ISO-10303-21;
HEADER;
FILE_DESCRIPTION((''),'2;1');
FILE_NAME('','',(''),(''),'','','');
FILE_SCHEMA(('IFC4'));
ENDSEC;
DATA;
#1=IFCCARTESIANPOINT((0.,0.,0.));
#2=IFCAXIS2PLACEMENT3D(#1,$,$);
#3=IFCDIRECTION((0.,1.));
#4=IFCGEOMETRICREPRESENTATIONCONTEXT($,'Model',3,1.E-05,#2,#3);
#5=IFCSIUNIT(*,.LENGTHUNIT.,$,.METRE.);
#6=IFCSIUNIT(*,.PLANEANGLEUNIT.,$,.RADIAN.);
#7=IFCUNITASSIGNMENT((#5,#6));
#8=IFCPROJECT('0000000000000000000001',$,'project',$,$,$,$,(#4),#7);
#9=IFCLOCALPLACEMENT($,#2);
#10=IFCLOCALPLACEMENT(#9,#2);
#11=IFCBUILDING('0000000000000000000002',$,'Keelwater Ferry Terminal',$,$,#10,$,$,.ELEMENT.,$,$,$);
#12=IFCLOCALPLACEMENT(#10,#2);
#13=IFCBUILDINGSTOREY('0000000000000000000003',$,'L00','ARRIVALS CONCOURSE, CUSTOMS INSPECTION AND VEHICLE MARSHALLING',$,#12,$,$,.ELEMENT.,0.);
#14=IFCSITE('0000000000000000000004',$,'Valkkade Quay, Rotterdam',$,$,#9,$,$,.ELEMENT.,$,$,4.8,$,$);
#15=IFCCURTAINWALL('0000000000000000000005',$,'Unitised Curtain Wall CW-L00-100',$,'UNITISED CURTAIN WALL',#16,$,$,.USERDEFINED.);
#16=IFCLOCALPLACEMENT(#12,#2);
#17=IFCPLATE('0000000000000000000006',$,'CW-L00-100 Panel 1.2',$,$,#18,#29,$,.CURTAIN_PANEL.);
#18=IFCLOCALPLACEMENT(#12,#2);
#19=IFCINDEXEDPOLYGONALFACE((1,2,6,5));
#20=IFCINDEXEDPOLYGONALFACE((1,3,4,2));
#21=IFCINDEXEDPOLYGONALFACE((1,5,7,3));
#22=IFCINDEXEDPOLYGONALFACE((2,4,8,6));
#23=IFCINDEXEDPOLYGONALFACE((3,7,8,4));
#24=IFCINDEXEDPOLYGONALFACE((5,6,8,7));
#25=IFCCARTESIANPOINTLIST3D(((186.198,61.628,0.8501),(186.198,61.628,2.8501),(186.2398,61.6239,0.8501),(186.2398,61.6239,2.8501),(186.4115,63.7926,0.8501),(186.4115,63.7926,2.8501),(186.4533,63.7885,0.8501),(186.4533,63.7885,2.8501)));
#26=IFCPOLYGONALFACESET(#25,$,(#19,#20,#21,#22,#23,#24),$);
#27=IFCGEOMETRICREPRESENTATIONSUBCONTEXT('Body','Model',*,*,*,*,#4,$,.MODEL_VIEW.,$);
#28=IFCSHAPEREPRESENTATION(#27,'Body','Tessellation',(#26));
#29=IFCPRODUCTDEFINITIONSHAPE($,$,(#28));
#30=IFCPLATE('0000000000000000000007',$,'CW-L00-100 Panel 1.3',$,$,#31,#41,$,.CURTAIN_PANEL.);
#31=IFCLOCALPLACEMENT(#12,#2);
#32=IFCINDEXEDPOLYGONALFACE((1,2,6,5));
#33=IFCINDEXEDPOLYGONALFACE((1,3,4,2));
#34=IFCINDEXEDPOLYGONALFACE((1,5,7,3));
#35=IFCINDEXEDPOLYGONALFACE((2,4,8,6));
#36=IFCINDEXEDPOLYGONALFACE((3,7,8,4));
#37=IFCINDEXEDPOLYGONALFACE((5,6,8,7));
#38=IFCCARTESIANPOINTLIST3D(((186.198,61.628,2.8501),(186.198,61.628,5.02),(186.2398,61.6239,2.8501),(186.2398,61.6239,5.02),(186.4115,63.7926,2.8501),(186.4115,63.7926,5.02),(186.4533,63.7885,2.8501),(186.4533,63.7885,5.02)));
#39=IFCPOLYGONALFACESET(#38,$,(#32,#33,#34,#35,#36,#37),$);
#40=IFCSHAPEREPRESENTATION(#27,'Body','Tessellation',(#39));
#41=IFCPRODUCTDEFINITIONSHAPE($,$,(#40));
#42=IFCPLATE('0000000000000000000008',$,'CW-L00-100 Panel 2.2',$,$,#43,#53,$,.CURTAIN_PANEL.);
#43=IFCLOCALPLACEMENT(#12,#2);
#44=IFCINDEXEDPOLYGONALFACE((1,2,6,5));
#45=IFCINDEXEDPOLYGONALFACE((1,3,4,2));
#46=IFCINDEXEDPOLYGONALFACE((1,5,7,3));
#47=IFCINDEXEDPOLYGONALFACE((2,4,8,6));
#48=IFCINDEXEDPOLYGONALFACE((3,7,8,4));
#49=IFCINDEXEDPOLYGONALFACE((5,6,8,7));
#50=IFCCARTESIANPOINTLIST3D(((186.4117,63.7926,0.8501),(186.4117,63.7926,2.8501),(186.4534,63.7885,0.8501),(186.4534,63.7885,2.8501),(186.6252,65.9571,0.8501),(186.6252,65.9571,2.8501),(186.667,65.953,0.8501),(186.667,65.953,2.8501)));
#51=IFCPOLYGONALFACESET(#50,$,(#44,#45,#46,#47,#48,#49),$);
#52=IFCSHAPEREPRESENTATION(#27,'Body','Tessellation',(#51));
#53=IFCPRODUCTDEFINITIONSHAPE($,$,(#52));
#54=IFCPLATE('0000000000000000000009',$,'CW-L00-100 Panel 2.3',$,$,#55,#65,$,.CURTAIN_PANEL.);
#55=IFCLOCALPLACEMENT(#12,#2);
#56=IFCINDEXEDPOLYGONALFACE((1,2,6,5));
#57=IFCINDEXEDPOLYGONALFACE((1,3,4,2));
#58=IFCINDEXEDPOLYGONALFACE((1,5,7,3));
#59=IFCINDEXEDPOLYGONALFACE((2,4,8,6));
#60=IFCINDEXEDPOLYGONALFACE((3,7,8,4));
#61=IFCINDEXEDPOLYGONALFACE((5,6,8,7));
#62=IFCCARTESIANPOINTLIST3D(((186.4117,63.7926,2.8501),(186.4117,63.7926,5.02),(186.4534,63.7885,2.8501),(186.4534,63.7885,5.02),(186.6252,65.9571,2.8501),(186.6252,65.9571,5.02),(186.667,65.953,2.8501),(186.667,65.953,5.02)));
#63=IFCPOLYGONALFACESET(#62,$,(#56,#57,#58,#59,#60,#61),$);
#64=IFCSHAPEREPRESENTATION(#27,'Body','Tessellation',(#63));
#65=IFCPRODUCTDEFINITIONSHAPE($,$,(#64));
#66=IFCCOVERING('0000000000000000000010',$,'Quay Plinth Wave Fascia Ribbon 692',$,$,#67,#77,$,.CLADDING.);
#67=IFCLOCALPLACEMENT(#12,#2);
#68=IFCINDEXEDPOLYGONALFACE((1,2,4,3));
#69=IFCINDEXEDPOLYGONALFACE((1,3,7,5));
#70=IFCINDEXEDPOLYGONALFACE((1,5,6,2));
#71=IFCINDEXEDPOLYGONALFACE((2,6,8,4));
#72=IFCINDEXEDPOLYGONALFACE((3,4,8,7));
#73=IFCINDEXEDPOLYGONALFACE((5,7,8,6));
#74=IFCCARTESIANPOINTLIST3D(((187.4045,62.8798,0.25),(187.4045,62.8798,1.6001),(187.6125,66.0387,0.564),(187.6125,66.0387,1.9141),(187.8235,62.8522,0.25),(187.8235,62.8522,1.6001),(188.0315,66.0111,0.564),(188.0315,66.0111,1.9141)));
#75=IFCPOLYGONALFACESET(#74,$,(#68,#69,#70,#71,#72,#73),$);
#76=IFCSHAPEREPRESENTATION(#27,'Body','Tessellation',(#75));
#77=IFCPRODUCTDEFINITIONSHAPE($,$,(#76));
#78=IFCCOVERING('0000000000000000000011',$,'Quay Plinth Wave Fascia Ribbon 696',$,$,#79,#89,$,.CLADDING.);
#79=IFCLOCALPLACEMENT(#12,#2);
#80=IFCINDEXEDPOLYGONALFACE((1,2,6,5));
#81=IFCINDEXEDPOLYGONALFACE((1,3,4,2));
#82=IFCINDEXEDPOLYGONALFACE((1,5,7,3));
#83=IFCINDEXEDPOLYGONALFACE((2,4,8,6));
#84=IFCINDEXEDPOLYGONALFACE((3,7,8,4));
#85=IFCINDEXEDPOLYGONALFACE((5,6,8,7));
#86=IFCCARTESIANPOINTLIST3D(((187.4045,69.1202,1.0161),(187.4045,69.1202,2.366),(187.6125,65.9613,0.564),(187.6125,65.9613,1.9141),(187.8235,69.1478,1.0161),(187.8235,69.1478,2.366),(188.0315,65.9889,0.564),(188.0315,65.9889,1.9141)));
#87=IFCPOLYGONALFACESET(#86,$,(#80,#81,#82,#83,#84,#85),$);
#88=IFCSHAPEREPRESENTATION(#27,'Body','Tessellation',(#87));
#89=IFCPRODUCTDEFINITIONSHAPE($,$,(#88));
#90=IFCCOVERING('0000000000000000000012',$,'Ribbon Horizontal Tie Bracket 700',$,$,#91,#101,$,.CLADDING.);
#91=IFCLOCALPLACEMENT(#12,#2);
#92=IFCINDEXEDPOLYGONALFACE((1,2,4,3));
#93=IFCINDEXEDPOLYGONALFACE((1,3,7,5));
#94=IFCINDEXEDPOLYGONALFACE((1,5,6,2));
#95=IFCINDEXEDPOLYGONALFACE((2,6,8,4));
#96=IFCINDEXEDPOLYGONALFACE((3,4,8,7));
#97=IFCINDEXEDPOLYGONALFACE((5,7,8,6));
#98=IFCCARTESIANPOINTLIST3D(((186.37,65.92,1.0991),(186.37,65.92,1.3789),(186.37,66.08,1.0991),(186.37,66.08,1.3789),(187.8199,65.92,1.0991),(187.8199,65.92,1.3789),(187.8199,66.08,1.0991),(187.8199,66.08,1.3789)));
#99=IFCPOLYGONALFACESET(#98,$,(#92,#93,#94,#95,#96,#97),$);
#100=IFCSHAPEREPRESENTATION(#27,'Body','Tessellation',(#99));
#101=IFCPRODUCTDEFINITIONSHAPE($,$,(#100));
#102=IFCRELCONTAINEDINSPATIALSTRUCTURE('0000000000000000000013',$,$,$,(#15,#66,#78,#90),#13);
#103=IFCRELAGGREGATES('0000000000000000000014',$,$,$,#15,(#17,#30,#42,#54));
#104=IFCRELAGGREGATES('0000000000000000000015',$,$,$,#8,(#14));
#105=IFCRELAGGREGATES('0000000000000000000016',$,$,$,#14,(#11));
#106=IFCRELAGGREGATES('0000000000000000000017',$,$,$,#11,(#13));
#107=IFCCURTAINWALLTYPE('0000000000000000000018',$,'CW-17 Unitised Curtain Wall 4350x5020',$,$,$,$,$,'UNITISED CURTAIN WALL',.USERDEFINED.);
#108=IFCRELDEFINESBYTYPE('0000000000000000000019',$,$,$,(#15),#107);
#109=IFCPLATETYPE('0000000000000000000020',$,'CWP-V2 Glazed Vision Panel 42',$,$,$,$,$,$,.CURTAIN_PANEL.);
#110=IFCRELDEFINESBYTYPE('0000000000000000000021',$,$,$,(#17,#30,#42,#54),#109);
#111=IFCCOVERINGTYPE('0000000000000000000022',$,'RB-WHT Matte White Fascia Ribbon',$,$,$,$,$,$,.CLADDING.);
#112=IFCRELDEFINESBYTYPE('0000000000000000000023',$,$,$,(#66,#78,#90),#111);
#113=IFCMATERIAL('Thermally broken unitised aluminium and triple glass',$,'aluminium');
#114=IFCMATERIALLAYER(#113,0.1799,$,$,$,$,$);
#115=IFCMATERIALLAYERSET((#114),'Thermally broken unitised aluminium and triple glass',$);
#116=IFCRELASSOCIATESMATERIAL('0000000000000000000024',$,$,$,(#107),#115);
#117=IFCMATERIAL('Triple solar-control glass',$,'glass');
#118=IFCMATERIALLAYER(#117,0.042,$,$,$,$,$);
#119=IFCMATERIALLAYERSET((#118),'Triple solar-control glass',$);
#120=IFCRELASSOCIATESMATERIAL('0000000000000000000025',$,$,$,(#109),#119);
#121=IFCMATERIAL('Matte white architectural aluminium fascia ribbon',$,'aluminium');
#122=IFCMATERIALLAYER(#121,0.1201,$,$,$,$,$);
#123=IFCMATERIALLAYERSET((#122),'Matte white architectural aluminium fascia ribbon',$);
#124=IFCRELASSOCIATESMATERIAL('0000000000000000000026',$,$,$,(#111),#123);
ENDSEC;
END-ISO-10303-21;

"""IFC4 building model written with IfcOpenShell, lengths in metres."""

from ifc_helpers import new_model, si_unit, direction, frame, frame_2d, origin, origin_2d, place, context, subcontext, project, spatial, polyline, rectangle, outline, extrude, material, layer, layer_set, type_object, element, aggregate, save


model = new_model("IFC4")

# Units and contexts
model_context = context("Model", 3, precision=1e-05, world=origin(), true_north=direction((0.0, 1.0)))
body_context = subcontext(model_context, "Body", "Model", "MODEL_VIEW")
ifc_project = project(units=[si_unit("LENGTHUNIT", "METRE"), si_unit("PLANEANGLEUNIT", "RADIAN")], contexts=[model_context])

# Site, building, storey
site_placement = place(None, origin())
site = spatial("IfcSite", under=ifc_project, at=site_placement, Name="Valkkade Quay, Rotterdam", CompositionType="ELEMENT", RefElevation=4.8)
building_placement = place(site_placement, origin())
building = spatial("IfcBuilding", under=site, at=building_placement, Name="Keelwater Ferry Terminal", CompositionType="ELEMENT")
storey_placement = place(building_placement, origin())
storey = spatial("IfcBuildingStorey", under=building, at=storey_placement, Name="L00", Description="ARRIVALS CONCOURSE, CUSTOMS INSPECTION AND VEHICLE MARSHALLING", CompositionType="ELEMENT", Elevation=0.0)

# Shared definitions
ifc_material_1 = material(Name="Thermally broken unitised aluminium and triple glass", Category="aluminium")
ifc_layer_1 = layer(ifc_material_1, 0.1799)
ifc_layer_set_1 = layer_set([ifc_layer_1], Name="Thermally broken unitised aluminium and triple glass")
curtain_wall_type = type_object("IfcCurtainWallType", Name="CW-17 Unitised Curtain Wall 4350x5020", ElementType="UNITISED CURTAIN WALL", PredefinedType="USERDEFINED", material=ifc_layer_set_1)

# Curtain wall
curtain_wall_1_placement = place(storey_placement, origin())
curtain_wall_1 = element("IfcCurtainWall", 1, at=curtain_wall_1_placement, inside=storey, type_object=curtain_wall_type, Name="Unitised Curtain Wall CW-L00-100", ObjectType="UNITISED CURTAIN WALL", PredefinedType="USERDEFINED")

# Plates
ifc_material_2 = material(Name="Triple solar-control glass", Category="glass")
ifc_layer_2 = layer(ifc_material_2, 0.042)
ifc_layer_set_2 = layer_set([ifc_layer_2], Name="Triple solar-control glass")
plate_type_1 = type_object("IfcPlateType", Name="CWP-V2 Glazed Vision Panel 42", PredefinedType="CURTAIN_PANEL", material=ifc_layer_set_2)
plate_1_placement = place(storey_placement, frame((186.3257, 62.7083, 0.8501), z_axis=(0.0, 0.0, 1.0), x_axis=(0.098161, 0.995171, 0.0)))
plate_1 = element("IfcPlate", 2, at=plate_1_placement, type_object=plate_type_1, Name="CW-L00-100 Panel 1.2", PredefinedType="CURTAIN_PANEL", context=body_context, shape_type="SweptSolid", body=[
    extrude(rectangle(XDim=2.175, YDim=0.042, at=origin_2d()), origin(), (0.0, 0.0, 1.0), 2.0),
])
plate_2_placement = place(storey_placement, frame((186.3257, 62.7083, 2.8501), z_axis=(0.0, 0.0, 1.0), x_axis=(0.098161, 0.995171, 0.0)))
plate_2 = element("IfcPlate", 3, at=plate_2_placement, type_object=plate_type_1, Name="CW-L00-100 Panel 1.3", PredefinedType="CURTAIN_PANEL", context=body_context, shape_type="SweptSolid", body=[
    extrude(rectangle(XDim=2.175, YDim=0.042, at=origin_2d()), origin(), (0.0, 0.0, 1.0), 2.1699),
])
plate_3_placement = place(storey_placement, frame((186.5393, 64.8728, 0.8501), z_axis=(0.0, 0.0, 1.0), x_axis=(0.098161, 0.995171, 0.0)))
plate_3 = element("IfcPlate", 4, at=plate_3_placement, type_object=plate_type_1, Name="CW-L00-100 Panel 2.2", PredefinedType="CURTAIN_PANEL", context=body_context, shape_type="SweptSolid", body=[
    extrude(rectangle(XDim=2.175, YDim=0.042, at=origin_2d()), origin(), (0.0, 0.0, 1.0), 2.0),
])
plate_4_placement = place(storey_placement, frame((186.5393, 64.8728, 2.8501), z_axis=(0.0, 0.0, 1.0), x_axis=(0.098161, 0.995171, 0.0)))
plate_4 = element("IfcPlate", 5, at=plate_4_placement, type_object=plate_type_1, Name="CW-L00-100 Panel 2.3", PredefinedType="CURTAIN_PANEL", context=body_context, shape_type="SweptSolid", body=[
    extrude(rectangle(XDim=2.175, YDim=0.042, at=origin_2d()), origin(), (0.0, 0.0, 1.0), 2.1699),
])
aggregate(curtain_wall_1, [plate_1, plate_2, plate_3, plate_4])

# Coverings
ifc_material_3 = material(Name="Matte white architectural aluminium fascia ribbon", Category="aluminium")
ifc_layer_3 = layer(ifc_material_3, 0.1201)
ifc_layer_set_3 = layer_set([ifc_layer_3], Name="Matte white architectural aluminium fascia ribbon")
covering_type = type_object("IfcCoveringType", Name="RB-WHT Matte White Fascia Ribbon", PredefinedType="CLADDING", material=ifc_layer_set_3)
covering_1_placement = place(storey_placement, frame((187.614, 62.866, 0.25), z_axis=(0.0, 0.0, 1.0), x_axis=(0.065705, 0.997839, 0.0)))
element("IfcCovering", 6, at=covering_1_placement, inside=storey, type_object=covering_type, Name="Quay Plinth Wave Fascia Ribbon 692", PredefinedType="CLADDING", context=body_context, shape_type="SweptSolid", body=[
    extrude(outline(polyline([(0.0, 0.0), (3.1658, 0.314), (3.1658, 1.6641), (0.0, 1.3501), (0.0, 0.0)])), frame((0.0, 0.21, 0.0), z_axis=(0.0, -1.0, 0.0), x_axis=(1.0, 0.0, 0.0)), (0.0, 0.0, 1.0), 0.4199),
])
covering_2_placement = place(storey_placement, frame((187.822, 65.9751, 0.564), z_axis=(0.0, 0.0, 1.0), x_axis=(-0.065705, 0.997839, 0.0)))
element("IfcCovering", 7, at=covering_2_placement, inside=storey, type_object=covering_type, Name="Quay Plinth Wave Fascia Ribbon 696", PredefinedType="CLADDING", context=body_context, shape_type="SweptSolid", body=[
    extrude(outline(polyline([(0.0, 0.0), (3.1658, 0.4521), (3.1658, 1.802), (0.0, 1.3501), (0.0, 0.0)])), frame((0.0, 0.21, 0.0), z_axis=(0.0, -1.0, 0.0), x_axis=(1.0, 0.0, 0.0)), (0.0, 0.0, 1.0), 0.4199),
])
covering_3_placement = place(storey_placement, frame((187.8201, 66.0, 1.0991), z_axis=(0.0, 0.0, 1.0), x_axis=(-1.0, 0.0, 0.0)))
element("IfcCovering", 8, at=covering_3_placement, inside=storey, type_object=covering_type, Name="Ribbon Horizontal Tie Bracket 700", PredefinedType="CLADDING", context=body_context, shape_type="SweptSolid", body=[
    extrude(rectangle(XDim=1.45, YDim=0.1599, at=frame_2d((0.7251, 0.0))), origin(), (0.0, 0.0, 1.0), 0.2798),
])

save(model, "model.ifc")
